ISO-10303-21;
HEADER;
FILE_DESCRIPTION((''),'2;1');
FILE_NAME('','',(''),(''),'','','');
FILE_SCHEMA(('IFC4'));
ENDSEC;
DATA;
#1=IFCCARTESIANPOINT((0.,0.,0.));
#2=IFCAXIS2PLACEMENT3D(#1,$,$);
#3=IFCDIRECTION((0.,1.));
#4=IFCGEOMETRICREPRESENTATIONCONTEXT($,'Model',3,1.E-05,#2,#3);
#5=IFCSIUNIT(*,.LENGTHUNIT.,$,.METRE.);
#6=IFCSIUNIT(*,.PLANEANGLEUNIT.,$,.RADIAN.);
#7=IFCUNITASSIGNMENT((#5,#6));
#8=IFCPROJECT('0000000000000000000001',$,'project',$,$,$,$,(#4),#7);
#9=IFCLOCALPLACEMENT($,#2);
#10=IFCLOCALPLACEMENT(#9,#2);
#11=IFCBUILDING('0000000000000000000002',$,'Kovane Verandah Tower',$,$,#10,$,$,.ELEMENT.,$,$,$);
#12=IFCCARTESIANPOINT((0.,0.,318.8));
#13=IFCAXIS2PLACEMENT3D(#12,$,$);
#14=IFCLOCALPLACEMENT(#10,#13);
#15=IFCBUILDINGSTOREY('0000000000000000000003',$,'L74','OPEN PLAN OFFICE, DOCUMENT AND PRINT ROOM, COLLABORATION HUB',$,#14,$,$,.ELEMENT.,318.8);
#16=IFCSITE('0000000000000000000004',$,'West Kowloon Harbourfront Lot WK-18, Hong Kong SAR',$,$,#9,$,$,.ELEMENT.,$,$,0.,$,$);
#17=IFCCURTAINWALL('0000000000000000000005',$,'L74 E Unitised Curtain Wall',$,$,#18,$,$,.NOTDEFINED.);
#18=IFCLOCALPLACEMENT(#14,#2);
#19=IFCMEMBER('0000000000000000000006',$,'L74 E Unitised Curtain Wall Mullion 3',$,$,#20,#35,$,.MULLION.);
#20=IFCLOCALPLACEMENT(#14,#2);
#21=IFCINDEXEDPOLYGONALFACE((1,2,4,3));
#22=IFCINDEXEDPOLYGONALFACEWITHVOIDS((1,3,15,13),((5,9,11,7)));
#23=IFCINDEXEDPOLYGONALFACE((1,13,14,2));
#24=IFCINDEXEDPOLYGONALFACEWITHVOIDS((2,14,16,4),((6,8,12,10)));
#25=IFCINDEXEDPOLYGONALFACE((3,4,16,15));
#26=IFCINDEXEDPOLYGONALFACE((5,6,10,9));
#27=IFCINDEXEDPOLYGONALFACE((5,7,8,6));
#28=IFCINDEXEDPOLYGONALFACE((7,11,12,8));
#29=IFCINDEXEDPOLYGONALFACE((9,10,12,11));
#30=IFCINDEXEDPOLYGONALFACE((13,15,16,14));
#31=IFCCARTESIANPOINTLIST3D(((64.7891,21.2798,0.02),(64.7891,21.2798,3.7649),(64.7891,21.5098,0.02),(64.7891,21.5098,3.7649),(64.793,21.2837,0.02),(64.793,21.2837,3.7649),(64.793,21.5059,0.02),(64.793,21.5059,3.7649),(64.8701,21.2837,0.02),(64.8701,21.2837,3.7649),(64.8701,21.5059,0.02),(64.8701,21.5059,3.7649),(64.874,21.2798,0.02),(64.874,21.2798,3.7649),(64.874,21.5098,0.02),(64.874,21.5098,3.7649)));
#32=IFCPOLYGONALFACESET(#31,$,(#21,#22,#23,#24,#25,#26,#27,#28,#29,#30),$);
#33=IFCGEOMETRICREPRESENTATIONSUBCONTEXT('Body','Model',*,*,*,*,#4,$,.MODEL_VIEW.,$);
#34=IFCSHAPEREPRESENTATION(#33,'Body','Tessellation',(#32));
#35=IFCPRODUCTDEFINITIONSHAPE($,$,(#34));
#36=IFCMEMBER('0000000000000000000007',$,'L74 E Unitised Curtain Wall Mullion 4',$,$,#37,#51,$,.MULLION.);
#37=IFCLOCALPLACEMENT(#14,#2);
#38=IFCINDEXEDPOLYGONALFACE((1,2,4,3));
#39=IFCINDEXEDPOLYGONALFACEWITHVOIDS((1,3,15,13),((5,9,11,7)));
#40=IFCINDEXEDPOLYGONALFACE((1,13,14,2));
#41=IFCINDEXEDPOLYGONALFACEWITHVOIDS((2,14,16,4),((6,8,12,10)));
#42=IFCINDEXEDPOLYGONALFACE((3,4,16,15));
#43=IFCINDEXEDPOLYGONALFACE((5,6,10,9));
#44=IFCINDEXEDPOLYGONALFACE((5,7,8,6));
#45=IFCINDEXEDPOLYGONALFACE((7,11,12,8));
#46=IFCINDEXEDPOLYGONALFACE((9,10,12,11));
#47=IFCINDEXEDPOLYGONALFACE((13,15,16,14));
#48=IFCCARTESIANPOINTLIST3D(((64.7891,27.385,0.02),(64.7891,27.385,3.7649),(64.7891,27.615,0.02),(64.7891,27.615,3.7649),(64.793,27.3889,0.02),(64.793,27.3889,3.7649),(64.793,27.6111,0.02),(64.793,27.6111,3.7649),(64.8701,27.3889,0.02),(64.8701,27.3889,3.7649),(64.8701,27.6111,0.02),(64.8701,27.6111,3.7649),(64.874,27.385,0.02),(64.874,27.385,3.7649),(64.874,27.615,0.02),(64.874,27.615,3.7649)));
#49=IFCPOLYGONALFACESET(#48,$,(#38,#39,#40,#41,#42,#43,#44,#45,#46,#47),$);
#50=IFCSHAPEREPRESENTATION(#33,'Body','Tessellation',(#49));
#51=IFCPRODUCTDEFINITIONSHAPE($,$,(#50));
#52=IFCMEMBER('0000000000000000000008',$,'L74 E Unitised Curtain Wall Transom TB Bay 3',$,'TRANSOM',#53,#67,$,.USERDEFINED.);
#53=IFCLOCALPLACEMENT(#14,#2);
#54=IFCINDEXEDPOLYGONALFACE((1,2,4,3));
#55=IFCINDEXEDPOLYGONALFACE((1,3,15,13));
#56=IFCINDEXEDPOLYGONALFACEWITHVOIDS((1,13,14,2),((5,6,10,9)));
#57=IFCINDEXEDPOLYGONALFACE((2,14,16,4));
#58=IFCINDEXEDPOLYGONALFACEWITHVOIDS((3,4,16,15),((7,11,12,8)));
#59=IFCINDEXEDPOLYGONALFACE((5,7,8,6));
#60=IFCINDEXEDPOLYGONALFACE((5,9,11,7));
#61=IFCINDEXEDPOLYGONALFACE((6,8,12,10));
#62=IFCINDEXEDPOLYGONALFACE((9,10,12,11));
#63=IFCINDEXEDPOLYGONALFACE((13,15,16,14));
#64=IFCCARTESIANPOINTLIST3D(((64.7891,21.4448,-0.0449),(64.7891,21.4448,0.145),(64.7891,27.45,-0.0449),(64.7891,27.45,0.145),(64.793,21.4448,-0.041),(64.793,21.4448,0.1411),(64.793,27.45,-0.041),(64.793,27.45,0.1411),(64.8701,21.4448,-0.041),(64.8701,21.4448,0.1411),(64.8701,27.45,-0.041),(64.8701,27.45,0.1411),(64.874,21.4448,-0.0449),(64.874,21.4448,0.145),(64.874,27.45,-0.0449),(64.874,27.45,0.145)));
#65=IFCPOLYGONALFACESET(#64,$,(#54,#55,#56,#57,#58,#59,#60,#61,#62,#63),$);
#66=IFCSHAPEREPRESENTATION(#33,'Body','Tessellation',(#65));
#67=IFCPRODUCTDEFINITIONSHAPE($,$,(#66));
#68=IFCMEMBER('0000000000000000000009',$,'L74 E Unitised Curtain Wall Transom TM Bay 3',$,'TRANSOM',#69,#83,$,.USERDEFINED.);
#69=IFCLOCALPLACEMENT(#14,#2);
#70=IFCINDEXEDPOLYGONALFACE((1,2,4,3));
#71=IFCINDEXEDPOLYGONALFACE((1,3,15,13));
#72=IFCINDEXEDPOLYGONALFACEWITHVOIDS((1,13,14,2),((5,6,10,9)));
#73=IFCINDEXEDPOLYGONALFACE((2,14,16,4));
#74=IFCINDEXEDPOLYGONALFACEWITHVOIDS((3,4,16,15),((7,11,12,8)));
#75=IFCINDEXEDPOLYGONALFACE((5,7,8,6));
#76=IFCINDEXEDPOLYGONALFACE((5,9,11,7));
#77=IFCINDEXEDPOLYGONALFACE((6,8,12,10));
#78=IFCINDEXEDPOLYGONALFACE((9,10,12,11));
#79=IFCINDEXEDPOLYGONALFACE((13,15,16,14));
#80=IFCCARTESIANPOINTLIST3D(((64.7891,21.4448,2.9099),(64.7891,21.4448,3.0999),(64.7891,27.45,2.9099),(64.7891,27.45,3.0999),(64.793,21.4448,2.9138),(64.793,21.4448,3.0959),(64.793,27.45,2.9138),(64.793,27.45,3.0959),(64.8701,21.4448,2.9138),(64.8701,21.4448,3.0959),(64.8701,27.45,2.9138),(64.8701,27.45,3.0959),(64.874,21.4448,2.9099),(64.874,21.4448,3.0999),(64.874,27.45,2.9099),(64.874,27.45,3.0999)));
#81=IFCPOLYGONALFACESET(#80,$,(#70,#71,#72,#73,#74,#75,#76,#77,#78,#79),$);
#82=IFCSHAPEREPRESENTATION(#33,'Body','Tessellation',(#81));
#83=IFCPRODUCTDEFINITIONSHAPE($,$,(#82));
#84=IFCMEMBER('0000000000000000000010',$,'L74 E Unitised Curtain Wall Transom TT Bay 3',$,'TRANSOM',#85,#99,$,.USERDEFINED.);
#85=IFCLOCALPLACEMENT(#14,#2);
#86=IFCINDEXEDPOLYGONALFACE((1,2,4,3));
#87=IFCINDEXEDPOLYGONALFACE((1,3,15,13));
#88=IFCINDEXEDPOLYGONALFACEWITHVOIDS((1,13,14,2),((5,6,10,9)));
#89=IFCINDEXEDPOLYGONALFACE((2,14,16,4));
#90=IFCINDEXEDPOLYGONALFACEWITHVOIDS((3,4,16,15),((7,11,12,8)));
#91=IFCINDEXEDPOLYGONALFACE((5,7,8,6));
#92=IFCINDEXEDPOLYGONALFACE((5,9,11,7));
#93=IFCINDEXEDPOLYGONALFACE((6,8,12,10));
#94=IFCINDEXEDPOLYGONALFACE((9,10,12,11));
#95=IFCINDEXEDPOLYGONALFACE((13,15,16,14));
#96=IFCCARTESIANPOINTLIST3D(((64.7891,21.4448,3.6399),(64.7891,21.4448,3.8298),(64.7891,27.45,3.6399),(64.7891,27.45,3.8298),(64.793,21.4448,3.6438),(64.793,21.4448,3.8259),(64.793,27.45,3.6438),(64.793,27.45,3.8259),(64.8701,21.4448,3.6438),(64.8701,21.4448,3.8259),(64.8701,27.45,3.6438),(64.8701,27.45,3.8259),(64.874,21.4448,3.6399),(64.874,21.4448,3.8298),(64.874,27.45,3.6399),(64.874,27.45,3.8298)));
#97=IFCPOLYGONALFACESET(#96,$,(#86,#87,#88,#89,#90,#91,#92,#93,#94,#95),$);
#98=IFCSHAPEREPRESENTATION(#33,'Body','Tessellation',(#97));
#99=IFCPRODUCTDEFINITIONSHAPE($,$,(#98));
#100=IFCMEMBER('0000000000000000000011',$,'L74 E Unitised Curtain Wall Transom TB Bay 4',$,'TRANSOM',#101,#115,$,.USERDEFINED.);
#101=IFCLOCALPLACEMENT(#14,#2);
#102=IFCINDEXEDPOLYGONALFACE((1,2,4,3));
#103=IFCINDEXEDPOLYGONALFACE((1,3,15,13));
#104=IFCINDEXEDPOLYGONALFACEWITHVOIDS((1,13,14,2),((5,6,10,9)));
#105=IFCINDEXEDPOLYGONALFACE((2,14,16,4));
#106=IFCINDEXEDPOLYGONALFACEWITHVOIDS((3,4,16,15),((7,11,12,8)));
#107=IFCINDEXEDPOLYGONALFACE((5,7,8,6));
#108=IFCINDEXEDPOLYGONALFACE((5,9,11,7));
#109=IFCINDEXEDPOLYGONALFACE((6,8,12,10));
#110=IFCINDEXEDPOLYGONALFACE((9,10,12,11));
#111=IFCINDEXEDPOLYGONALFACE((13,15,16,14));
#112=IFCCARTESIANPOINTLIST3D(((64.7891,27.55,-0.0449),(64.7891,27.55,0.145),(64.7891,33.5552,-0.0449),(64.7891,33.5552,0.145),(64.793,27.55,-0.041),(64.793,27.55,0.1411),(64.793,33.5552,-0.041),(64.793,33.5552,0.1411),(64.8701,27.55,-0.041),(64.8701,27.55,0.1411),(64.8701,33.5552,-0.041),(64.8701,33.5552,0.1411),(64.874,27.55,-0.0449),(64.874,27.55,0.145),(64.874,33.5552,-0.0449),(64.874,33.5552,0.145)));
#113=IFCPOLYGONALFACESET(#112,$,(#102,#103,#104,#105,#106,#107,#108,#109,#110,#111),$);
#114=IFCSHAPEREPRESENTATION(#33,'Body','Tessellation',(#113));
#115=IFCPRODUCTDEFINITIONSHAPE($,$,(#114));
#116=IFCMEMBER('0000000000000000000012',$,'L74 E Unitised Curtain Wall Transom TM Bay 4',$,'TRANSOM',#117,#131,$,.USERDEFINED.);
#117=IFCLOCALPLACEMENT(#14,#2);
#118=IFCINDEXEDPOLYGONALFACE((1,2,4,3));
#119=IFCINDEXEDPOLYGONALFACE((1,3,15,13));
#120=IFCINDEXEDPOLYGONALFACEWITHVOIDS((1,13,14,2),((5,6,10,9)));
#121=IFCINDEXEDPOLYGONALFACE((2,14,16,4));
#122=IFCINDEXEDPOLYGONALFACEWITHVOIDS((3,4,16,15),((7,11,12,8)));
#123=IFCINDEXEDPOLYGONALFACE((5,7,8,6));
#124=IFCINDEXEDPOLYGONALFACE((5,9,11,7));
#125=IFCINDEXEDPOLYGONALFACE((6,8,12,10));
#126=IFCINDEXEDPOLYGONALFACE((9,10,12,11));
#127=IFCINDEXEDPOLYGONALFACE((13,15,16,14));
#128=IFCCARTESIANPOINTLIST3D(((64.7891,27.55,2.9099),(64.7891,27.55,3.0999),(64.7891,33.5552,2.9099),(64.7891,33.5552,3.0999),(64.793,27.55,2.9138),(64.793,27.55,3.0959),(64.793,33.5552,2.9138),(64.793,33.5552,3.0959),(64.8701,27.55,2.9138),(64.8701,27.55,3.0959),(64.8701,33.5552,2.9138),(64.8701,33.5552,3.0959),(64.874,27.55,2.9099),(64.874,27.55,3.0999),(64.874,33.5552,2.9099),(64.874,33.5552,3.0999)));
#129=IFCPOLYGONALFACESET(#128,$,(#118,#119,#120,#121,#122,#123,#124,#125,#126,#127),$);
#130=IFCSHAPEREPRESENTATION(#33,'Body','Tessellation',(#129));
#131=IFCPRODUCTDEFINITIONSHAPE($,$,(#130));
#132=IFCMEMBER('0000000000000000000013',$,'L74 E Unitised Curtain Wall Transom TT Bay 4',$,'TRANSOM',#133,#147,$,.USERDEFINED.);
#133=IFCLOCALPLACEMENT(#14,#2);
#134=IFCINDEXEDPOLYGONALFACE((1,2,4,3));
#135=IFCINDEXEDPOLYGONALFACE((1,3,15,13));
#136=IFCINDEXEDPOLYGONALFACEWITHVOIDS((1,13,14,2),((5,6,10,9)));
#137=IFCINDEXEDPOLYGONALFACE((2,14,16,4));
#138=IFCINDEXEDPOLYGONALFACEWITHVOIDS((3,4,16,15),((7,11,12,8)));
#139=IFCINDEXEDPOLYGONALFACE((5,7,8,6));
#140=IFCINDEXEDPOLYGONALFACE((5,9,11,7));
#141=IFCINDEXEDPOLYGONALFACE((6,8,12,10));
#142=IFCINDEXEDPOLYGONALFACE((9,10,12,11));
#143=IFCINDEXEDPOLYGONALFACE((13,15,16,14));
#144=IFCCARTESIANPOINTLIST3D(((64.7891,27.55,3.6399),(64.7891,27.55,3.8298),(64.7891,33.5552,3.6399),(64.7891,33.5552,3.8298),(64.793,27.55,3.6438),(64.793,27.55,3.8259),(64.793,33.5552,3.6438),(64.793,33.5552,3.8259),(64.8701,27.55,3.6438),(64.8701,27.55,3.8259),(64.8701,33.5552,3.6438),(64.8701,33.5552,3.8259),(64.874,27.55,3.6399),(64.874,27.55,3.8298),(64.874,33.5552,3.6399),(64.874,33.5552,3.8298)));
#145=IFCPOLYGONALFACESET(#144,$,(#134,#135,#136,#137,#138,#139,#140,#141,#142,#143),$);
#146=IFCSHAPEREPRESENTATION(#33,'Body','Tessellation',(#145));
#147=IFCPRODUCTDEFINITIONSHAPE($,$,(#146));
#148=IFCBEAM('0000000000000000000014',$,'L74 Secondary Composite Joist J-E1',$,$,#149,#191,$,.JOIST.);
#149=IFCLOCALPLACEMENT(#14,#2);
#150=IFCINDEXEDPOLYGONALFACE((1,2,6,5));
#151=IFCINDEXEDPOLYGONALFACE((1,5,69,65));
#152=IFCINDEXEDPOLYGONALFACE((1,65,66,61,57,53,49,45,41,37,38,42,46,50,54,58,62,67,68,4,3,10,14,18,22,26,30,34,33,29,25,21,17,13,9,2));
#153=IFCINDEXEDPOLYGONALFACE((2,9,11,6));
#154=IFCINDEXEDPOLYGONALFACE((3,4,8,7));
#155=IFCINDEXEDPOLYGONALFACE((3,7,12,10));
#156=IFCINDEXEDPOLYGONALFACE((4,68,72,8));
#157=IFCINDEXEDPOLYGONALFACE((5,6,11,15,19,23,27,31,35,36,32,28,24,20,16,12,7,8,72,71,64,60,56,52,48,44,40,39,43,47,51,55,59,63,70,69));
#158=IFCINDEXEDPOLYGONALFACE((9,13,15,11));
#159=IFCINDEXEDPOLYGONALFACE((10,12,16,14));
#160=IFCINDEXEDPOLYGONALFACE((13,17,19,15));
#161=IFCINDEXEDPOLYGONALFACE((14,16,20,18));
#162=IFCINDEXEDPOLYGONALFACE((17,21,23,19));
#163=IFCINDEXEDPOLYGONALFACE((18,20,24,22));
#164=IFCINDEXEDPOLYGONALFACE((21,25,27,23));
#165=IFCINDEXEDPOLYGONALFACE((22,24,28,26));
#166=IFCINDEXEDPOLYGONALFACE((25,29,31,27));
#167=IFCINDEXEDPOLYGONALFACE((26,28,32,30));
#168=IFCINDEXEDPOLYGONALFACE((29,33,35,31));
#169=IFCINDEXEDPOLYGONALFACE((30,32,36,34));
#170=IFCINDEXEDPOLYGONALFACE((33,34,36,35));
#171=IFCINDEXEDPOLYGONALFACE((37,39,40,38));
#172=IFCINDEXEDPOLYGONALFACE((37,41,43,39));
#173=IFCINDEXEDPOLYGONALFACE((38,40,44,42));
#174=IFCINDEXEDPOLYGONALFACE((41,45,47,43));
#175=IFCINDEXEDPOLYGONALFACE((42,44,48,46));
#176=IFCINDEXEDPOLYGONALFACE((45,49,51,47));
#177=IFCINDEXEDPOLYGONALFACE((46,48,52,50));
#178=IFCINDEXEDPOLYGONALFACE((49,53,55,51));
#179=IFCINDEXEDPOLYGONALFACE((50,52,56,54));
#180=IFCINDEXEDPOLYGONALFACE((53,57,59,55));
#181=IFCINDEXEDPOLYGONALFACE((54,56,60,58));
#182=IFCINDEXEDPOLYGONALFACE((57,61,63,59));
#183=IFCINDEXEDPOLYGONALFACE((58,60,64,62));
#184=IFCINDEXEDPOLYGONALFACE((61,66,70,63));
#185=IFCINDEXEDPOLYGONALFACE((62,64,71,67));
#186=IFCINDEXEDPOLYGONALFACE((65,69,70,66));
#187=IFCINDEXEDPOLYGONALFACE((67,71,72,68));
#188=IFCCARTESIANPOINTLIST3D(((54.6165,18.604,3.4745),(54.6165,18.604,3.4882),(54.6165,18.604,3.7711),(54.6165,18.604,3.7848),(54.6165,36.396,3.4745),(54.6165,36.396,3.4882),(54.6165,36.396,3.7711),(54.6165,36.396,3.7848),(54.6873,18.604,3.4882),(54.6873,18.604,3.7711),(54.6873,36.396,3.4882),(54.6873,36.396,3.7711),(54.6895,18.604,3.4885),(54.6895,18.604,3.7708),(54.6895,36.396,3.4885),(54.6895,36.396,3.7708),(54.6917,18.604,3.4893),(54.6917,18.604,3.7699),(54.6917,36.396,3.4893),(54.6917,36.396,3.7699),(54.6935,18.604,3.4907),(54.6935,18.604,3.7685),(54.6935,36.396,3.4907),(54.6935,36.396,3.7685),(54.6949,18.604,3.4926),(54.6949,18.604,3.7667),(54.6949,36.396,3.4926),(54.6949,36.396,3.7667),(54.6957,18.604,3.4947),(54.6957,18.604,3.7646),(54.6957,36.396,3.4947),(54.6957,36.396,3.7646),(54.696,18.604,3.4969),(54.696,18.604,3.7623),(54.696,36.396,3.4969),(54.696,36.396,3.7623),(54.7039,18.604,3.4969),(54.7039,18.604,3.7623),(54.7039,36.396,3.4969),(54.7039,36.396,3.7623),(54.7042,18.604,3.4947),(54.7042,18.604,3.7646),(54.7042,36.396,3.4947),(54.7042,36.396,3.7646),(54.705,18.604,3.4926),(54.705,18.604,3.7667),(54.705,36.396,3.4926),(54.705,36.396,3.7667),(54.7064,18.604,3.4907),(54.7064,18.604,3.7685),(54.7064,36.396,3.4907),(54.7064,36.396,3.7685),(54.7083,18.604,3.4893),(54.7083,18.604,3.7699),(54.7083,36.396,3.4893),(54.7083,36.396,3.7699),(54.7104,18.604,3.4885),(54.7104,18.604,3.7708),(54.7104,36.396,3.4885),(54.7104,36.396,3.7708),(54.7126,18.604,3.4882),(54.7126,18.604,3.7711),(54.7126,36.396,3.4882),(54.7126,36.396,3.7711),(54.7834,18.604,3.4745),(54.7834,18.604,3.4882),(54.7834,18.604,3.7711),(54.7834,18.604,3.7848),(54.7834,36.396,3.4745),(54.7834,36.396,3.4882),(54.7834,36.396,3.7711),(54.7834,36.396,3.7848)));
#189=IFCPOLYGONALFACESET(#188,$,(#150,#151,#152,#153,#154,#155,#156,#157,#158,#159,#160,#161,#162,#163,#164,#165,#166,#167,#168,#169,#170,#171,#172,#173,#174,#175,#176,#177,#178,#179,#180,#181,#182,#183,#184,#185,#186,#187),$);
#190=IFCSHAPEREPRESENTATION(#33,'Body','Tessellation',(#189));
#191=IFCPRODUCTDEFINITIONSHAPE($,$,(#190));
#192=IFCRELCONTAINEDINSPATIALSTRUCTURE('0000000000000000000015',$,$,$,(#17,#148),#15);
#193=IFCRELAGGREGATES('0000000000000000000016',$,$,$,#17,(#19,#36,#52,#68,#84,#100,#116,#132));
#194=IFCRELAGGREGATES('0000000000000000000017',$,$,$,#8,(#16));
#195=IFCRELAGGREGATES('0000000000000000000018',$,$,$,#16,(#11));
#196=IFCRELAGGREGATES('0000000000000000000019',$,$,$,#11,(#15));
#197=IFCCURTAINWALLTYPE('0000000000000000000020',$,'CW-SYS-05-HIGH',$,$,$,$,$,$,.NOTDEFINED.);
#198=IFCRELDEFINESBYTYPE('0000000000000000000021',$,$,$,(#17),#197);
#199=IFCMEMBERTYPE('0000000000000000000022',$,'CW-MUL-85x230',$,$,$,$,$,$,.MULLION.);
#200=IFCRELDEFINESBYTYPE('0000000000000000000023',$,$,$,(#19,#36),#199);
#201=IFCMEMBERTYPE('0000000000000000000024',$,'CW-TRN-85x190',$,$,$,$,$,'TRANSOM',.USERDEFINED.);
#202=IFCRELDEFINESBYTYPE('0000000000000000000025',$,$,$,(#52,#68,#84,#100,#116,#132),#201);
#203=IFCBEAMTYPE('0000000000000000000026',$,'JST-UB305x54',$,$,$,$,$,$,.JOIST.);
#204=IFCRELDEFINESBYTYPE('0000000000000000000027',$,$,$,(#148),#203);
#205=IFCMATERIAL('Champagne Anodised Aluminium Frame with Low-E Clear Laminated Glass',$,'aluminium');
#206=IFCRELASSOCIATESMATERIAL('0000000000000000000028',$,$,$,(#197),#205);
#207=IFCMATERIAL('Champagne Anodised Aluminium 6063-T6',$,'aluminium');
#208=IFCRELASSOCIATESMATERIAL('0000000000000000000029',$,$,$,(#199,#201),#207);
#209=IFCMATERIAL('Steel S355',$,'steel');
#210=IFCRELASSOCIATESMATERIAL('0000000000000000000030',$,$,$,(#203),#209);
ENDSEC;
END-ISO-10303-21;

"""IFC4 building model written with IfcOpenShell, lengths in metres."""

from ifc_helpers import new_model, si_unit, direction, frame, origin, origin_2d, place, context, subcontext, project, spatial, hollow_rectangle, i_section, extrude, material, material_profile, profile_set, type_object, element, aggregate, save


model = new_model("IFC4")

# Units and contexts
model_context = context("Model", 3, precision=1e-05, world=origin(), true_north=direction((0.0, 1.0)))
body_context = subcontext(model_context, "Body", "Model", "MODEL_VIEW")
ifc_project = project(units=[si_unit("LENGTHUNIT", "METRE"), si_unit("PLANEANGLEUNIT", "RADIAN")], contexts=[model_context])

# Site, building, storey
site_placement = place(None, origin())
site = spatial("IfcSite", under=ifc_project, at=site_placement, Name="West Kowloon Harbourfront Lot WK-18, Hong Kong SAR", CompositionType="ELEMENT", RefElevation=0.0)
building_placement = place(site_placement, origin())
building = spatial("IfcBuilding", under=site, at=building_placement, Name="Kovane Verandah Tower", CompositionType="ELEMENT")
storey_placement = place(building_placement, frame((0.0, 0.0, 318.8)))
storey = spatial("IfcBuildingStorey", under=building, at=storey_placement, Name="L74", Description="OPEN PLAN OFFICE, DOCUMENT AND PRINT ROOM, COLLABORATION HUB", CompositionType="ELEMENT", Elevation=318.8)

# Shared definitions
ifc_material_1 = material(Name="Steel S355", Category="steel")

# Curtain wall, members
ifc_material_2 = material(Name="Champagne Anodised Aluminium Frame with Low-E Clear Laminated Glass", Category="aluminium")
curtain_wall_type = type_object("IfcCurtainWallType", Name="CW-SYS-05-HIGH", PredefinedType="NOTDEFINED", material=ifc_material_2)
curtain_wall_placement = place(storey_placement, origin())
curtain_wall = element("IfcCurtainWall", 1, at=curtain_wall_placement, inside=storey, type_object=curtain_wall_type, Name="L74 E Unitised Curtain Wall", PredefinedType="NOTDEFINED")
ifc_material_3 = material(Name="Champagne Anodised Aluminium 6063-T6", Category="aluminium")
ifc_material_profile_1 = material_profile(ifc_material_3, hollow_rectangle(XDim=0.085, YDim=0.23, WallThickness=0.0039, at=origin_2d()), Name="AL85x230x4")
ifc_profile_set_1 = profile_set([ifc_material_profile_1], Name="Champagne Anodised Aluminium 6063-T6")
member_type_1 = type_object("IfcMemberType", Name="CW-MUL-85x230", PredefinedType="MULLION", material=ifc_profile_set_1)
member_1_placement = place(storey_placement, frame((64.8315, 21.3948, 0.02), z_axis=(0.0, 0.0, 1.0), x_axis=(1.0, 0.0, 0.0)))
member_1 = element("IfcMember", 2, at=member_1_placement, type_object=member_type_1, Name="L74 E Unitised Curtain Wall Mullion 3", PredefinedType="MULLION", context=body_context, shape_type="SweptSolid", body=[
    extrude(hollow_rectangle(XDim=0.085, YDim=0.23, WallThickness=0.0039, at=origin_2d()), origin(), (0.0, 0.0, 1.0), 3.7449),
])
member_2_placement = place(storey_placement, frame((64.8315, 27.5, 0.02), z_axis=(0.0, 0.0, 1.0), x_axis=(1.0, 0.0, 0.0)))
member_2 = element("IfcMember", 3, at=member_2_placement, type_object=member_type_1, Name="L74 E Unitised Curtain Wall Mullion 4", PredefinedType="MULLION", context=body_context, shape_type="SweptSolid", body=[
    extrude(hollow_rectangle(XDim=0.085, YDim=0.23, WallThickness=0.0039, at=origin_2d()), origin(), (0.0, 0.0, 1.0), 3.7449),
])
ifc_material_profile_2 = material_profile(ifc_material_3, hollow_rectangle(XDim=0.085, YDim=0.1899, WallThickness=0.0039, at=origin_2d()), Name="AL85x190x4")
ifc_profile_set_2 = profile_set([ifc_material_profile_2], Name="Champagne Anodised Aluminium 6063-T6")
member_type_2 = type_object("IfcMemberType", Name="CW-TRN-85x190", ElementType="TRANSOM", PredefinedType="USERDEFINED", material=ifc_profile_set_2)
member_3_placement = place(storey_placement, frame((64.8315, 21.4448, 0.05), z_axis=(0.0, 1.0, 0.0), x_axis=(-1.0, 0.0, 0.0)))
member_3 = element("IfcMember", 4, at=member_3_placement, type_object=member_type_2, Name="L74 E Unitised Curtain Wall Transom TB Bay 3", ObjectType="TRANSOM", PredefinedType="USERDEFINED", context=body_context, shape_type="SweptSolid", body=[
    extrude(hollow_rectangle(XDim=0.085, YDim=0.1899, WallThickness=0.0039, at=origin_2d()), origin(), (0.0, 0.0, 1.0), 6.0051),
])
member_4_placement = place(storey_placement, frame((64.8315, 21.4448, 3.0049), z_axis=(0.0, 1.0, 0.0), x_axis=(-1.0, 0.0, 0.0)))
member_4 = element("IfcMember", 5, at=member_4_placement, type_object=member_type_2, Name="L74 E Unitised Curtain Wall Transom TM Bay 3", ObjectType="TRANSOM", PredefinedType="USERDEFINED", context=body_context, shape_type="SweptSolid", body=[
    extrude(hollow_rectangle(XDim=0.085, YDim=0.1899, WallThickness=0.0039, at=origin_2d()), origin(), (0.0, 0.0, 1.0), 6.0051),
])
member_5_placement = place(storey_placement, frame((64.8315, 21.4448, 3.7349), z_axis=(0.0, 1.0, 0.0), x_axis=(-1.0, 0.0, 0.0)))
member_5 = element("IfcMember", 6, at=member_5_placement, type_object=member_type_2, Name="L74 E Unitised Curtain Wall Transom TT Bay 3", ObjectType="TRANSOM", PredefinedType="USERDEFINED", context=body_context, shape_type="SweptSolid", body=[
    extrude(hollow_rectangle(XDim=0.085, YDim=0.1899, WallThickness=0.0039, at=origin_2d()), origin(), (0.0, 0.0, 1.0), 6.0051),
])
member_6_placement = place(storey_placement, frame((64.8315, 27.55, 0.05), z_axis=(0.0, 1.0, 0.0), x_axis=(-1.0, 0.0, 0.0)))
member_6 = element("IfcMember", 7, at=member_6_placement, type_object=member_type_2, Name="L74 E Unitised Curtain Wall Transom TB Bay 4", ObjectType="TRANSOM", PredefinedType="USERDEFINED", context=body_context, shape_type="SweptSolid", body=[
    extrude(hollow_rectangle(XDim=0.085, YDim=0.1899, WallThickness=0.0039, at=origin_2d()), origin(), (0.0, 0.0, 1.0), 6.0051),
])
member_7_placement = place(storey_placement, frame((64.8315, 27.55, 3.0049), z_axis=(0.0, 1.0, 0.0), x_axis=(-1.0, 0.0, 0.0)))
member_7 = element("IfcMember", 8, at=member_7_placement, type_object=member_type_2, Name="L74 E Unitised Curtain Wall Transom TM Bay 4", ObjectType="TRANSOM", PredefinedType="USERDEFINED", context=body_context, shape_type="SweptSolid", body=[
    extrude(hollow_rectangle(XDim=0.085, YDim=0.1899, WallThickness=0.0039, at=origin_2d()), origin(), (0.0, 0.0, 1.0), 6.0051),
])
member_8_placement = place(storey_placement, frame((64.8315, 27.55, 3.7349), z_axis=(0.0, 1.0, 0.0), x_axis=(-1.0, 0.0, 0.0)))
member_8 = element("IfcMember", 9, at=member_8_placement, type_object=member_type_2, Name="L74 E Unitised Curtain Wall Transom TT Bay 4", ObjectType="TRANSOM", PredefinedType="USERDEFINED", context=body_context, shape_type="SweptSolid", body=[
    extrude(hollow_rectangle(XDim=0.085, YDim=0.1899, WallThickness=0.0039, at=origin_2d()), origin(), (0.0, 0.0, 1.0), 6.0051),
])

# Beam
ifc_material_profile_3 = material_profile(ifc_material_1, i_section(OverallWidth=0.167, OverallDepth=0.3103, WebThickness=0.0078, FlangeThickness=0.0137, FilletRadius=0.0088, at=origin_2d()), Name="UB305x165x54")
ifc_profile_set_3 = profile_set([ifc_material_profile_3], Name="Steel S355")
beam_type_1 = type_object("IfcBeamType", Name="JST-UB305x54", PredefinedType="JOIST", material=ifc_profile_set_3)
beam_1_placement = place(storey_placement, frame((54.7, 18.604, 3.6296), z_axis=(0.0, 1.0, 0.0), x_axis=(-1.0, 0.0, 0.0)))
element("IfcBeam", 10, at=beam_1_placement, inside=storey, type_object=beam_type_1, Name="L74 Secondary Composite Joist J-E1", PredefinedType="JOIST", context=body_context, shape_type="SweptSolid", body=[
    extrude(i_section(OverallWidth=0.167, OverallDepth=0.3103, WebThickness=0.0078, FlangeThickness=0.0137, FilletRadius=0.0088, at=origin_2d()), origin(), (0.0, 0.0, 1.0), 17.792),
])

aggregate(curtain_wall, [member_1, member_2, member_3, member_4, member_5, member_6, member_7, member_8])

save(model, "model.ifc")
